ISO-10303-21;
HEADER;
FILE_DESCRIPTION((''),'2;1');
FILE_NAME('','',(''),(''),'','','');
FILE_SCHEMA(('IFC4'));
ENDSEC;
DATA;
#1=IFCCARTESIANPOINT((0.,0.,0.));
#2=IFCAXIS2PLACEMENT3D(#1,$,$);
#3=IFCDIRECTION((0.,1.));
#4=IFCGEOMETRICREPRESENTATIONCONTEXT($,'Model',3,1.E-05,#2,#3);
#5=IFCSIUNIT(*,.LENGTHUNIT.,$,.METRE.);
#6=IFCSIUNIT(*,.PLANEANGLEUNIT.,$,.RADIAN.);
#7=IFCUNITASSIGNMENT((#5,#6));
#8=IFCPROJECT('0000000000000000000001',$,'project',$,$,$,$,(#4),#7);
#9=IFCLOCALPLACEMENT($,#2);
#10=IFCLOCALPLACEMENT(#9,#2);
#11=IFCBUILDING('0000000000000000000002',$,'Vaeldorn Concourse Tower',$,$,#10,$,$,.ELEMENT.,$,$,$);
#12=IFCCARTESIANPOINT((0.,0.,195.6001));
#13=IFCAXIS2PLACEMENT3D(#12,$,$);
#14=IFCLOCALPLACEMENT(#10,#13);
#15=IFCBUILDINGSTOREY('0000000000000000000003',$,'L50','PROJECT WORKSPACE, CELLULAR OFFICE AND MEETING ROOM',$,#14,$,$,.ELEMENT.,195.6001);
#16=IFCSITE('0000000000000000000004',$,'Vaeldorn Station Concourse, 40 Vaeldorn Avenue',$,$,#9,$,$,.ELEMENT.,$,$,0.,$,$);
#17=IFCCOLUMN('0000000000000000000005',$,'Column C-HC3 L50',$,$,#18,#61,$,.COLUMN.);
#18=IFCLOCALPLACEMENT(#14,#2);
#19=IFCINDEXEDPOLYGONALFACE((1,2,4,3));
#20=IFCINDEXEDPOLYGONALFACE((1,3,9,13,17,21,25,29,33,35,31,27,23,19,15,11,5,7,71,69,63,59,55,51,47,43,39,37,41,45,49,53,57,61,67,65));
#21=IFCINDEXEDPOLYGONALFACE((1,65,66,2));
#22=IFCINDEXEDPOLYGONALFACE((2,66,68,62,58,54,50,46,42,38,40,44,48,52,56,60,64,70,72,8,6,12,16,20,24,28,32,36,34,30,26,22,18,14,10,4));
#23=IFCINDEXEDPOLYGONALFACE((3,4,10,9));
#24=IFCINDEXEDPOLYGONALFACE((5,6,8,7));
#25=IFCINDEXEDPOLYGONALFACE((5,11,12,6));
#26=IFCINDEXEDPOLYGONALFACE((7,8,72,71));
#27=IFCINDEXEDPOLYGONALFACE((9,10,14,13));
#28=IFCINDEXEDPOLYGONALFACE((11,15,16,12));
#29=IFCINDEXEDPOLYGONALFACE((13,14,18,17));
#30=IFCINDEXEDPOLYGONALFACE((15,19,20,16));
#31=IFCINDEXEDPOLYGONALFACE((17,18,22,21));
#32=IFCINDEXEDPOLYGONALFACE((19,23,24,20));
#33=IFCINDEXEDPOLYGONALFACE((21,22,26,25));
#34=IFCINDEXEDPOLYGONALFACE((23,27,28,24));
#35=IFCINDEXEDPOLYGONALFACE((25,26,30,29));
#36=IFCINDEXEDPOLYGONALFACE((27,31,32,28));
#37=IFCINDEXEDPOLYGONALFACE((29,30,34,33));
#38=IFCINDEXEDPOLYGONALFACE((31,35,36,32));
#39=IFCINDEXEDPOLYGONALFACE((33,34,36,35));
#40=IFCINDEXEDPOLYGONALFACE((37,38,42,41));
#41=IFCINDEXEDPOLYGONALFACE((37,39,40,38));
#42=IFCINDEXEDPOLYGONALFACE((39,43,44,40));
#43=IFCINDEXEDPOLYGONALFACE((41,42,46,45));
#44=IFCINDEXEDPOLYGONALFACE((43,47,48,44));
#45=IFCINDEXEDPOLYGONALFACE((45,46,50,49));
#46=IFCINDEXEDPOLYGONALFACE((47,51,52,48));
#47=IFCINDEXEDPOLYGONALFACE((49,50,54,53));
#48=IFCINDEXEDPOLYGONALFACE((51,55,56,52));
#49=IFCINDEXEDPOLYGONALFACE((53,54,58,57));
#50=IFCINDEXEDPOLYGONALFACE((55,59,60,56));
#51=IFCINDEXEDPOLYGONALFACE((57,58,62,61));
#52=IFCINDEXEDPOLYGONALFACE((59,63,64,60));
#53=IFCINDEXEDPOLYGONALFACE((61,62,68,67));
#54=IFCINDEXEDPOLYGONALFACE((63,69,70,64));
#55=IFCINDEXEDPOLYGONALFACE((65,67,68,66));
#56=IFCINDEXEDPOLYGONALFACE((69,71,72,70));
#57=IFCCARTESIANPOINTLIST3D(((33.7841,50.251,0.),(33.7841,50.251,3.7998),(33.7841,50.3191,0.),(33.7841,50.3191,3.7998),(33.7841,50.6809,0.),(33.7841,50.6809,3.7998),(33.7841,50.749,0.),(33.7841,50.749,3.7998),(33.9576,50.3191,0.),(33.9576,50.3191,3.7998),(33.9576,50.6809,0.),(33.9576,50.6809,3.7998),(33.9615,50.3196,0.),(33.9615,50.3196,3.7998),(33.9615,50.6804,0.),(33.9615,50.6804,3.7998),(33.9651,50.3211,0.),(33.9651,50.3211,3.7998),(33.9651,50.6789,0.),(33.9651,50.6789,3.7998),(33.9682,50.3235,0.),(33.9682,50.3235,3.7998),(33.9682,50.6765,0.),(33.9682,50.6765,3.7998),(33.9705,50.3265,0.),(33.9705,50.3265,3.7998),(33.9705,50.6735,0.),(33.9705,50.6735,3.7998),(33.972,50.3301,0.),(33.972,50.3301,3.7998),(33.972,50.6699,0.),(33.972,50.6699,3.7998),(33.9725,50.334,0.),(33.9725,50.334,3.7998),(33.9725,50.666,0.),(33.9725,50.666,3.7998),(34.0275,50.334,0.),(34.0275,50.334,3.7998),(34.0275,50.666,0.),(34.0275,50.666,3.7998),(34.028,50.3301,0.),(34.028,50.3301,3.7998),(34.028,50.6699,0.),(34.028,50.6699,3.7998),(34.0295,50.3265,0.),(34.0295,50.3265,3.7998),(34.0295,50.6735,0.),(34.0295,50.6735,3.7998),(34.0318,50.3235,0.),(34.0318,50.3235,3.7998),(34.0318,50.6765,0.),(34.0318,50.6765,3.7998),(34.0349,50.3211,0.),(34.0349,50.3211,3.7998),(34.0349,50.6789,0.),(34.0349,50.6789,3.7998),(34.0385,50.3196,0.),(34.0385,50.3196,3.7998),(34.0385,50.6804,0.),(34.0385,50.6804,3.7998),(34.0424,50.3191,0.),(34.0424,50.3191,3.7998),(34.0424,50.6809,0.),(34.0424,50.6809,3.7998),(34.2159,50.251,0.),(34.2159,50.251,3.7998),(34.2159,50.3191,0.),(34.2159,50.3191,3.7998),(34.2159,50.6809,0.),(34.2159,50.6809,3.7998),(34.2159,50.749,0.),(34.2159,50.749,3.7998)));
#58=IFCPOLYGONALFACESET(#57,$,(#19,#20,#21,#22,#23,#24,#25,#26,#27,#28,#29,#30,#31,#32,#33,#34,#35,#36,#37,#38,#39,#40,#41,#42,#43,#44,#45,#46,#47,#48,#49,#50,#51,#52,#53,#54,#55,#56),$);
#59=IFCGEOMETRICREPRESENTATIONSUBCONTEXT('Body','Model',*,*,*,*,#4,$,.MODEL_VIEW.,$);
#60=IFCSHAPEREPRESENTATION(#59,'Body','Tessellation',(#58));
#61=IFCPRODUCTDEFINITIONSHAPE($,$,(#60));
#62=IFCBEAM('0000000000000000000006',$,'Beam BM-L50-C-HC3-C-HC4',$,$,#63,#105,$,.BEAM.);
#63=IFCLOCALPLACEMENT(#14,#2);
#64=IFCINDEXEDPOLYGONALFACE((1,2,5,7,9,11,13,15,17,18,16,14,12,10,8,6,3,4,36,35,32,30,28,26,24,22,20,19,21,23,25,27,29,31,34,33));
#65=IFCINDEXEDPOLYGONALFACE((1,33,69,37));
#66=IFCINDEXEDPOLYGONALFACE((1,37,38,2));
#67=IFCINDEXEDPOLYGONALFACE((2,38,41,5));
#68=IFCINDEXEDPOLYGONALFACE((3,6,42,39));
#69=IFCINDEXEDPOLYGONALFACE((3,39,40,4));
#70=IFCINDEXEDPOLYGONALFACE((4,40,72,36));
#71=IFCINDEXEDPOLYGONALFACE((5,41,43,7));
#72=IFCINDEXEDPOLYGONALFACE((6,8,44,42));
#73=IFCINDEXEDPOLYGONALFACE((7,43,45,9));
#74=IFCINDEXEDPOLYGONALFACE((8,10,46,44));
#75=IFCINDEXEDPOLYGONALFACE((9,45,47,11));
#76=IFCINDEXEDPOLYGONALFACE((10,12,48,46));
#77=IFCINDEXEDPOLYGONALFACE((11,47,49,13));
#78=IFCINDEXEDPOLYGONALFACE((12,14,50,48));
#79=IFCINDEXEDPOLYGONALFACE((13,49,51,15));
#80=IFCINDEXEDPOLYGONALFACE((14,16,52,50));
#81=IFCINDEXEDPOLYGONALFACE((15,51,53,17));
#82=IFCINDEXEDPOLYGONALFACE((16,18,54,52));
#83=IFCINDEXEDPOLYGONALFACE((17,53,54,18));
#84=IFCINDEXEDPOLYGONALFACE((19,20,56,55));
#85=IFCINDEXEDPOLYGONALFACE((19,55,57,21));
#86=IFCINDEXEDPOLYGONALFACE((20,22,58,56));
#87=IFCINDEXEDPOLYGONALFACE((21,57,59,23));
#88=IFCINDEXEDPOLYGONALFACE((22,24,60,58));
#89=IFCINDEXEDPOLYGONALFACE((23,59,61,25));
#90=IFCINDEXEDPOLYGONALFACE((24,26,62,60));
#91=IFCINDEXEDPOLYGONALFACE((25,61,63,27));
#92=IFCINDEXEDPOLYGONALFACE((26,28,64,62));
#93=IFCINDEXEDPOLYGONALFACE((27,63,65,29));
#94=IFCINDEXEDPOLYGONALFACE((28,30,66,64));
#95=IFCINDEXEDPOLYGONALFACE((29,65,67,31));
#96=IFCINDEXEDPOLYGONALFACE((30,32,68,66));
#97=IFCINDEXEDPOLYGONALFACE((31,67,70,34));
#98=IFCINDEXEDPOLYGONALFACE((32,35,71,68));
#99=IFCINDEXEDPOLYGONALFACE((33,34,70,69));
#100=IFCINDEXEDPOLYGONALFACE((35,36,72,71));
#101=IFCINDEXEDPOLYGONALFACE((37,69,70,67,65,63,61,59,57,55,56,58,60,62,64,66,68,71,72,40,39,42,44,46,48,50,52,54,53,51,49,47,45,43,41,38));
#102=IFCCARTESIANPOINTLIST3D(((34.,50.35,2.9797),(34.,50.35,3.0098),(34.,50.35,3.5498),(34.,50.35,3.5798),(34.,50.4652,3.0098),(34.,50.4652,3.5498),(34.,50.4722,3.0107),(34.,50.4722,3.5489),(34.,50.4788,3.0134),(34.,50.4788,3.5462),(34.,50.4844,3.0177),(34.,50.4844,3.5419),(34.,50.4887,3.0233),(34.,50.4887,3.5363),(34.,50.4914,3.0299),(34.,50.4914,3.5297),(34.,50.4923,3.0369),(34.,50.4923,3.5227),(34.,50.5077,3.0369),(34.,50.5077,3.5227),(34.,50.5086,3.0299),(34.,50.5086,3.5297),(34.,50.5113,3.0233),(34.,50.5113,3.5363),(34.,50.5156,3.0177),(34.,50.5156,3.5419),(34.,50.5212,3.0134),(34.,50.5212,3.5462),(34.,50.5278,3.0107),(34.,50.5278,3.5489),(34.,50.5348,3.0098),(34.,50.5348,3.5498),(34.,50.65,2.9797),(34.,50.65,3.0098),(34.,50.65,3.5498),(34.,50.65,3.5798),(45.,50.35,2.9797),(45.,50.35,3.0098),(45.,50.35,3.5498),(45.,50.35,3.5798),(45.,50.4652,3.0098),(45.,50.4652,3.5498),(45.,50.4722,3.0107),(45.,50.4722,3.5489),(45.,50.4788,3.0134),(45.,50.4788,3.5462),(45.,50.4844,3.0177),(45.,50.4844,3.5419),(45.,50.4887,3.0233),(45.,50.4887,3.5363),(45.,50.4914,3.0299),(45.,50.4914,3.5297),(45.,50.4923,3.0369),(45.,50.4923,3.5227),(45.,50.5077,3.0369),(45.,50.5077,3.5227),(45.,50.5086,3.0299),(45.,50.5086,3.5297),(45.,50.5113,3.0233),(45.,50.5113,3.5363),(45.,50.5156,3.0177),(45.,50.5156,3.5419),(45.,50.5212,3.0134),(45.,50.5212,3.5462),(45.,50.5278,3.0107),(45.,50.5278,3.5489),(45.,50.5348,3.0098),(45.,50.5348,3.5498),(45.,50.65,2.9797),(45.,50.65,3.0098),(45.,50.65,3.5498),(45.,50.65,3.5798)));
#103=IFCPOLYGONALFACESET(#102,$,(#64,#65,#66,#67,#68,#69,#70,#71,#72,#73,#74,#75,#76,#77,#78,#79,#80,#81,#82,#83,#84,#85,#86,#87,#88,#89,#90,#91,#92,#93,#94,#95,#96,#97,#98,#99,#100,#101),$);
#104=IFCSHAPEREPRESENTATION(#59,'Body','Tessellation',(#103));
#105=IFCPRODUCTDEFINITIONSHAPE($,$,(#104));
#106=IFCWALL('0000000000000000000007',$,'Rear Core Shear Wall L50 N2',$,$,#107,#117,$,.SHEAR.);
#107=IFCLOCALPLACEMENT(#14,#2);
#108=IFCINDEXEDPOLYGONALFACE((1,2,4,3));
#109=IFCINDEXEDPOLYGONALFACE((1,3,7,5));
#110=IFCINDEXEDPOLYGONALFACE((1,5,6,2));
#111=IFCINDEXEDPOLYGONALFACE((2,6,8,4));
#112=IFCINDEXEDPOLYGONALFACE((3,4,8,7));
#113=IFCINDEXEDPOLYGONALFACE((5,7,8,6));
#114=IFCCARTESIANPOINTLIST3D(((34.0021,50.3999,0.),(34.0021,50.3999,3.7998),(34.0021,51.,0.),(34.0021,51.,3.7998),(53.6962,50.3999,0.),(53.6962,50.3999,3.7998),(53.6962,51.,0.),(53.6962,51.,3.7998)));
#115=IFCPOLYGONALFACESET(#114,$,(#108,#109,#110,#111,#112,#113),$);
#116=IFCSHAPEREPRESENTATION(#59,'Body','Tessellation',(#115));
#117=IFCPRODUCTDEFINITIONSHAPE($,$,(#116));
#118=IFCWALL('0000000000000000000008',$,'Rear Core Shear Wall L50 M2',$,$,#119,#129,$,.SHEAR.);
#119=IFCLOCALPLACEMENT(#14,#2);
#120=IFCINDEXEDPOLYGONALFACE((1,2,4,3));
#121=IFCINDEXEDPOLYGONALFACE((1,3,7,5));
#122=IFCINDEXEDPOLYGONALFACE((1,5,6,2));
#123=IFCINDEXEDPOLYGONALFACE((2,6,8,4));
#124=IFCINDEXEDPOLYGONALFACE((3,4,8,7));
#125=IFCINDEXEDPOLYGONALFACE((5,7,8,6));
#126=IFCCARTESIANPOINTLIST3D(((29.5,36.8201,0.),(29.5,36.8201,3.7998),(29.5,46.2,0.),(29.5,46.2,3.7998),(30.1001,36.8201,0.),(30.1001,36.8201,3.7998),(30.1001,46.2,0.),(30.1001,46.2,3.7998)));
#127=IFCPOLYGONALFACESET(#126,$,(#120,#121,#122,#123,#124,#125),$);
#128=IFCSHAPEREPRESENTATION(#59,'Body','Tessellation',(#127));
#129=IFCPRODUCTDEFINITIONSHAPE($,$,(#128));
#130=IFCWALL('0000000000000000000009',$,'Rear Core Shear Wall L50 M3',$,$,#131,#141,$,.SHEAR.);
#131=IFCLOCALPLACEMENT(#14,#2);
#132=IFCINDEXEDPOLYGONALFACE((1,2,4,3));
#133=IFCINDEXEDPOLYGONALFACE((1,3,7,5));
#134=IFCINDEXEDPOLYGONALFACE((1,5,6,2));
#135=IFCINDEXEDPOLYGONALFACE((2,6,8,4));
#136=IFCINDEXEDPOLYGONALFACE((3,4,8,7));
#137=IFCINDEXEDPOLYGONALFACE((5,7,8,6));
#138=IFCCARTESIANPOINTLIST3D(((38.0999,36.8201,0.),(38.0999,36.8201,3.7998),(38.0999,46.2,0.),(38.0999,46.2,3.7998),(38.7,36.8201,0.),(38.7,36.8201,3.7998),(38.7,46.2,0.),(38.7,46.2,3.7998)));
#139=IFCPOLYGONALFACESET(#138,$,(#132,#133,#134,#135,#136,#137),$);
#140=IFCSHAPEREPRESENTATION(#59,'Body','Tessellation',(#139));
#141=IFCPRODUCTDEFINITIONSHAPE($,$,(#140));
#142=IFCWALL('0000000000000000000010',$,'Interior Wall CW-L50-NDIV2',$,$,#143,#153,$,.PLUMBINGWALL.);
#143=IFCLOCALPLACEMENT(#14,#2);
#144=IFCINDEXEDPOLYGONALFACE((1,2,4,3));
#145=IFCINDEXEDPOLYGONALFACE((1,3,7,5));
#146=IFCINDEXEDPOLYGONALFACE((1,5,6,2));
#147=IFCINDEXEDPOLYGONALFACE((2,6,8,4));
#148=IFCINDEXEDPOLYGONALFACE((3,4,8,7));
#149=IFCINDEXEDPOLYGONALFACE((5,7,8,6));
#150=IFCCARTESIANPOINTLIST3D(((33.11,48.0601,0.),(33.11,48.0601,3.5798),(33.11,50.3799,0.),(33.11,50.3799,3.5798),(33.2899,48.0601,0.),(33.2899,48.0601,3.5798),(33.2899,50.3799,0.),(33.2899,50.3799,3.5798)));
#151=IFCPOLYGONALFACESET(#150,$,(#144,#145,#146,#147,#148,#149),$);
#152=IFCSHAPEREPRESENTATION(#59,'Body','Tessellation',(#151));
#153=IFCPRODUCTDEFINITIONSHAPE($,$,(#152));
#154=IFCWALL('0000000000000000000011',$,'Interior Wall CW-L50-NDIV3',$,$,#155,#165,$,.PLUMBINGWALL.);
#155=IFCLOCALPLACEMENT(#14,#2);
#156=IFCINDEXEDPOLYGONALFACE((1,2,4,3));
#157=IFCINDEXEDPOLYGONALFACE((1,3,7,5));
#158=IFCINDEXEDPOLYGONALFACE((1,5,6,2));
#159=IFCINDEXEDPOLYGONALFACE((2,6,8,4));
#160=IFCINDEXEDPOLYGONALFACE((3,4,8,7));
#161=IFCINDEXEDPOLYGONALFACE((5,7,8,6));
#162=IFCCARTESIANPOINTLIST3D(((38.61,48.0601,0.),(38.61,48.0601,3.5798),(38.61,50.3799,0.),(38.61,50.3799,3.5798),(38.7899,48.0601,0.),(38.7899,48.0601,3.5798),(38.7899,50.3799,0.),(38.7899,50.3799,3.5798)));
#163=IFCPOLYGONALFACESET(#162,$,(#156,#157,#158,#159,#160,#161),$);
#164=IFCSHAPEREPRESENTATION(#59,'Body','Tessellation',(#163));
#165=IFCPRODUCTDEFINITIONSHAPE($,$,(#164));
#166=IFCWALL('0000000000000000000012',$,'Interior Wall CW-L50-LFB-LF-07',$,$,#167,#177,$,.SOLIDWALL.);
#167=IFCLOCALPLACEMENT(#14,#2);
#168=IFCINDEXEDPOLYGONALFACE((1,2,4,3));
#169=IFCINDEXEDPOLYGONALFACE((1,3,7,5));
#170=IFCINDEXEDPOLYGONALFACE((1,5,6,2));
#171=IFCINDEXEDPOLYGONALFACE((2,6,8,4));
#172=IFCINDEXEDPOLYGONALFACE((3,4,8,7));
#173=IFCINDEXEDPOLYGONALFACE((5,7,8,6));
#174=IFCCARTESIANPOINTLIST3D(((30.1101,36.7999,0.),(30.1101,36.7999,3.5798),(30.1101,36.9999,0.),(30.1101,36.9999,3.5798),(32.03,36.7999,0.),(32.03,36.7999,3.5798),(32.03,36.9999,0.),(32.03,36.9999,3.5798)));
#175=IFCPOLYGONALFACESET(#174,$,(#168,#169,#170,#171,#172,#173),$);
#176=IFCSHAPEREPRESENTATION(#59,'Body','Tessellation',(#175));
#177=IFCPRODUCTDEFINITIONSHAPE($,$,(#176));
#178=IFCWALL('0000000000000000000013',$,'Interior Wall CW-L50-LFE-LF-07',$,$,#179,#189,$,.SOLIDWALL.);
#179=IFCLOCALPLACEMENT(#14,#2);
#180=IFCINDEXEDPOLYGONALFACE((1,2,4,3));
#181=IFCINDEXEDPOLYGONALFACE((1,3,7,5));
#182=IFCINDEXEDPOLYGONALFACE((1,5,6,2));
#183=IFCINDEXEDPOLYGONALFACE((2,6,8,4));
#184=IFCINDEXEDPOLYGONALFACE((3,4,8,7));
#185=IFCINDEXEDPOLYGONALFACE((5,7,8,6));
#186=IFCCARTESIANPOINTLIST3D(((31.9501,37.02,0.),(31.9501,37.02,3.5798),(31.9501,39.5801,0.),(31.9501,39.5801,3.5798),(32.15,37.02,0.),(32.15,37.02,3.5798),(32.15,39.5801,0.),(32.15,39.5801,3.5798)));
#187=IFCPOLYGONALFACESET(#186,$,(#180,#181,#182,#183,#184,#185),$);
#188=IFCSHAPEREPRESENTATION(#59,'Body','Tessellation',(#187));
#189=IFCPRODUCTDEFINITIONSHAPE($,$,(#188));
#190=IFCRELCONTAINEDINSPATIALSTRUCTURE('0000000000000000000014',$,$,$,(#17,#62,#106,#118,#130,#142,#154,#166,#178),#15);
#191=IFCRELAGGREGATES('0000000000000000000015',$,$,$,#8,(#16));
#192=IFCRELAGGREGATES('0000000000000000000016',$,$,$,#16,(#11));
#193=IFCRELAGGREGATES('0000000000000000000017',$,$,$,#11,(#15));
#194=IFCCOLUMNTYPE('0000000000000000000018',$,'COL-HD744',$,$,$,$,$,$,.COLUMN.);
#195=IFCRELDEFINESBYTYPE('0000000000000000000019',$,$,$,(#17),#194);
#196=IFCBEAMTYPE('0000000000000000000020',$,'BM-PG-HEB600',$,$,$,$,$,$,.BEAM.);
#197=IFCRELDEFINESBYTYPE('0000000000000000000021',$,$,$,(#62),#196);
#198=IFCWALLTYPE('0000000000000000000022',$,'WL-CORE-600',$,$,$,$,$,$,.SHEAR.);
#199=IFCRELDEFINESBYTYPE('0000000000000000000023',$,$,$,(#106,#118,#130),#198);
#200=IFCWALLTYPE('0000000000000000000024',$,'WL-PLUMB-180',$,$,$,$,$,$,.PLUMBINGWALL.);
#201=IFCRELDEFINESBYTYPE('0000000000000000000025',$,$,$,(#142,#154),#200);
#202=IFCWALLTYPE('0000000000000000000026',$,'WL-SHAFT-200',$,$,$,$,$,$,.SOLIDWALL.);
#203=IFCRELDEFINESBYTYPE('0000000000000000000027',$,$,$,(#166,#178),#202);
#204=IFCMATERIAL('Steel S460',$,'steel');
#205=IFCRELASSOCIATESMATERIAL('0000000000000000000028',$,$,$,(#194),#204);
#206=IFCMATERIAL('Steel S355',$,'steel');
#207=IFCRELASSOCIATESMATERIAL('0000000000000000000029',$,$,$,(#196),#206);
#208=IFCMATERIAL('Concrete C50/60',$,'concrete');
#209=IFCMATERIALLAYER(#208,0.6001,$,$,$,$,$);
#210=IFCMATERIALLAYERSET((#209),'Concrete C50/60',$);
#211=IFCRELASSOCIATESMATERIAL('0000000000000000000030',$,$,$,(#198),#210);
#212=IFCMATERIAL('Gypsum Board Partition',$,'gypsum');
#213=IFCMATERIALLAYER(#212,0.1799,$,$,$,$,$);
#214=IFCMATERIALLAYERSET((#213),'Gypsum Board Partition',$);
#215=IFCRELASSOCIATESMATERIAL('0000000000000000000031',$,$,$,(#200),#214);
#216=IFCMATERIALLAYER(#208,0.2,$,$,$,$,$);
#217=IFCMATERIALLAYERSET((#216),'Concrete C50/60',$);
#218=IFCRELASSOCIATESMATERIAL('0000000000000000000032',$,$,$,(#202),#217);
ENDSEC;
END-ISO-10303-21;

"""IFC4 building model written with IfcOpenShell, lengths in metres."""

from ifc_helpers import new_model, si_unit, direction, frame, frame_2d, origin, origin_2d, place, context, subcontext, project, spatial, rectangle, i_section, extrude, source, transform, mapped, material, layer, layer_set, material_profile, profile_set, type_object, element, save


model = new_model("IFC4")

# Units and contexts
model_context = context("Model", 3, precision=1e-05, world=origin(), true_north=direction((0.0, 1.0)))
body_context = subcontext(model_context, "Body", "Model", "MODEL_VIEW")
ifc_project = project(units=[si_unit("LENGTHUNIT", "METRE"), si_unit("PLANEANGLEUNIT", "RADIAN")], contexts=[model_context])

# Site, building, storey
site_placement = place(None, origin())
site = spatial("IfcSite", under=ifc_project, at=site_placement, Name="Vaeldorn Station Concourse, 40 Vaeldorn Avenue", CompositionType="ELEMENT", RefElevation=0.0)
building_placement = place(site_placement, origin())
building = spatial("IfcBuilding", under=site, at=building_placement, Name="Vaeldorn Concourse Tower", CompositionType="ELEMENT")
storey_placement = place(building_placement, frame((0.0, 0.0, 195.6001)))
storey = spatial("IfcBuildingStorey", under=building, at=storey_placement, Name="L50", Description="PROJECT WORKSPACE, CELLULAR OFFICE AND MEETING ROOM", CompositionType="ELEMENT", Elevation=195.6001)

# Column
ifc_material_1 = material(Name="Steel S460", Category="steel")
ifc_material_profile_1 = material_profile(ifc_material_1, i_section(OverallWidth=0.4319, OverallDepth=0.498, WebThickness=0.0549, FlangeThickness=0.0681, FilletRadius=0.0149, at=origin_2d()), Name="HD 400x744")
ifc_profile_set_1 = profile_set([ifc_material_profile_1], Name="Steel S460")
column_type = type_object("IfcColumnType", Name="COL-HD744", PredefinedType="COLUMN", material=ifc_profile_set_1)
shared_shape_1 = source(origin(), body_context, "Body", "SweptSolid", [
    extrude(i_section(OverallWidth=0.4319, OverallDepth=0.498, WebThickness=0.0549, FlangeThickness=0.0681, FilletRadius=0.0149, at=origin_2d()), origin(), (0.0, 0.0, 1.0), 3.7998),
])
column_placement = place(storey_placement, frame((34.0, 50.5, 0.0), z_axis=(0.0, 0.0, 1.0), x_axis=(1.0, 0.0, 0.0)))
element("IfcColumn", 1, at=column_placement, inside=storey, type_object=column_type, Name="Column C-HC3 L50", PredefinedType="COLUMN", context=body_context, shape_type="MappedRepresentation", body=[
    mapped(shared_shape_1, transform((0.0, 0.0, 0.0), scale=1.0)),
])

# Beam
ifc_material_2 = material(Name="Steel S355", Category="steel")
ifc_material_profile_2 = material_profile(ifc_material_2, i_section(OverallWidth=0.3, OverallDepth=0.6001, WebThickness=0.0154, FlangeThickness=0.03, FilletRadius=0.0271, at=origin_2d()), Name="HEB 600")
ifc_profile_set_2 = profile_set([ifc_material_profile_2], Name="Steel S355")
beam_type = type_object("IfcBeamType", Name="BM-PG-HEB600", PredefinedType="BEAM", material=ifc_profile_set_2)
shared_shape_2 = source(origin(), body_context, "Body", "SweptSolid", [
    extrude(i_section(OverallWidth=0.3, OverallDepth=0.6001, WebThickness=0.0154, FlangeThickness=0.03, FilletRadius=0.0271, at=origin_2d()), origin(), (0.0, 0.0, 1.0), 11.0),
])
beam_placement = place(storey_placement, frame((34.0, 50.5, 3.2798), z_axis=(1.0, 0.0, 0.0), x_axis=(0.0, 1.0, 0.0)))
element("IfcBeam", 2, at=beam_placement, inside=storey, type_object=beam_type, Name="Beam BM-L50-C-HC3-C-HC4", PredefinedType="BEAM", context=body_context, shape_type="MappedRepresentation", body=[
    mapped(shared_shape_2, transform((0.0, 0.0, 0.0), scale=1.0)),
])

# Walls
ifc_material_3 = material(Name="Concrete C50/60", Category="concrete")
ifc_layer_1 = layer(ifc_material_3, 0.6001)
ifc_layer_set_1 = layer_set([ifc_layer_1], Name="Concrete C50/60")
wall_type_1 = type_object("IfcWallType", Name="WL-CORE-600", PredefinedType="SHEAR", material=ifc_layer_set_1)
wall_1_placement = place(storey_placement, frame((34.002, 50.7, 0.0), z_axis=(0.0, 0.0, 1.0), x_axis=(1.0, 0.0, 0.0)))
element("IfcWall", 3, at=wall_1_placement, inside=storey, type_object=wall_type_1, Name="Rear Core Shear Wall L50 N2", PredefinedType="SHEAR", context=body_context, shape_type="SweptSolid", body=[
    extrude(rectangle(XDim=19.6941, YDim=0.6001, at=frame_2d((9.8472, 0.0))), origin(), (0.0, 0.0, 1.0), 3.7998),
])
for number, where, z_axis, x_axis, name in (
    (4, (29.8, 36.8201, 0.0), (0.0, 0.0, 1.0), (0.0, 1.0, 0.0), "Rear Core Shear Wall L50 M2"),
    (5, (38.3999, 36.8201, 0.0), (0.0, 0.0, 1.0), (0.0, 1.0, 0.0), "Rear Core Shear Wall L50 M3"),
):
    element("IfcWall", number, at=place(storey_placement, frame(where, z_axis=z_axis, x_axis=x_axis)), inside=storey, type_object=wall_type_1, Name=name, PredefinedType="SHEAR", context=body_context, shape_type="SweptSolid", body=[
        extrude(rectangle(XDim=9.3799, YDim=0.6001, at=frame_2d((4.6899, 0.0))), origin(), (0.0, 0.0, 1.0), 3.7998),
    ])
ifc_material_4 = material(Name="Gypsum Board Partition", Category="gypsum")
ifc_layer_2 = layer(ifc_material_4, 0.1799)
ifc_layer_set_2 = layer_set([ifc_layer_2], Name="Gypsum Board Partition")
wall_type_2 = type_object("IfcWallType", Name="WL-PLUMB-180", PredefinedType="PLUMBINGWALL", material=ifc_layer_set_2)
for number, where, z_axis, x_axis, name in (
    (6, (33.2, 48.0601, 0.0), (0.0, 0.0, 1.0), (0.0, 1.0, 0.0), "Interior Wall CW-L50-NDIV2"),
    (7, (38.7, 48.0601, 0.0), (0.0, 0.0, 1.0), (0.0, 1.0, 0.0), "Interior Wall CW-L50-NDIV3"),
):
    element("IfcWall", number, at=place(storey_placement, frame(where, z_axis=z_axis, x_axis=x_axis)), inside=storey, type_object=wall_type_2, Name=name, PredefinedType="PLUMBINGWALL", context=body_context, shape_type="SweptSolid", body=[
        extrude(rectangle(XDim=2.3198, YDim=0.1799, at=frame_2d((1.1599, 0.0))), origin(), (0.0, 0.0, 1.0), 3.5798),
    ])

# Shared definitions
ifc_layer_3 = layer(ifc_material_3, 0.2)
ifc_layer_set_3 = layer_set([ifc_layer_3], Name="Concrete C50/60")
wall_type_3 = type_object("IfcWallType", Name="WL-SHAFT-200", PredefinedType="SOLIDWALL", material=ifc_layer_set_3)

# Walls
wall_2_placement = place(storey_placement, frame((30.1101, 36.8999, 0.0), z_axis=(0.0, 0.0, 1.0), x_axis=(1.0, 0.0, 0.0)))
element("IfcWall", 8, at=wall_2_placement, inside=storey, type_object=wall_type_3, Name="Interior Wall CW-L50-LFB-LF-07", PredefinedType="SOLIDWALL", context=body_context, shape_type="SweptSolid", body=[
    extrude(rectangle(XDim=1.9199, YDim=0.2, at=frame_2d((0.96, 0.0))), origin(), (0.0, 0.0, 1.0), 3.5798),
])
wall_3_placement = place(storey_placement, frame((32.05, 37.02, 0.0), z_axis=(0.0, 0.0, 1.0), x_axis=(0.0, 1.0, 0.0)))
element("IfcWall", 9, at=wall_3_placement, inside=storey, type_object=wall_type_3, Name="Interior Wall CW-L50-LFE-LF-07", PredefinedType="SOLIDWALL", context=body_context, shape_type="SweptSolid", body=[
    extrude(rectangle(XDim=2.5601, YDim=0.2, at=frame_2d((1.28, 0.0))), origin(), (0.0, 0.0, 1.0), 3.5798),
])

save(model, "model.ifc")
